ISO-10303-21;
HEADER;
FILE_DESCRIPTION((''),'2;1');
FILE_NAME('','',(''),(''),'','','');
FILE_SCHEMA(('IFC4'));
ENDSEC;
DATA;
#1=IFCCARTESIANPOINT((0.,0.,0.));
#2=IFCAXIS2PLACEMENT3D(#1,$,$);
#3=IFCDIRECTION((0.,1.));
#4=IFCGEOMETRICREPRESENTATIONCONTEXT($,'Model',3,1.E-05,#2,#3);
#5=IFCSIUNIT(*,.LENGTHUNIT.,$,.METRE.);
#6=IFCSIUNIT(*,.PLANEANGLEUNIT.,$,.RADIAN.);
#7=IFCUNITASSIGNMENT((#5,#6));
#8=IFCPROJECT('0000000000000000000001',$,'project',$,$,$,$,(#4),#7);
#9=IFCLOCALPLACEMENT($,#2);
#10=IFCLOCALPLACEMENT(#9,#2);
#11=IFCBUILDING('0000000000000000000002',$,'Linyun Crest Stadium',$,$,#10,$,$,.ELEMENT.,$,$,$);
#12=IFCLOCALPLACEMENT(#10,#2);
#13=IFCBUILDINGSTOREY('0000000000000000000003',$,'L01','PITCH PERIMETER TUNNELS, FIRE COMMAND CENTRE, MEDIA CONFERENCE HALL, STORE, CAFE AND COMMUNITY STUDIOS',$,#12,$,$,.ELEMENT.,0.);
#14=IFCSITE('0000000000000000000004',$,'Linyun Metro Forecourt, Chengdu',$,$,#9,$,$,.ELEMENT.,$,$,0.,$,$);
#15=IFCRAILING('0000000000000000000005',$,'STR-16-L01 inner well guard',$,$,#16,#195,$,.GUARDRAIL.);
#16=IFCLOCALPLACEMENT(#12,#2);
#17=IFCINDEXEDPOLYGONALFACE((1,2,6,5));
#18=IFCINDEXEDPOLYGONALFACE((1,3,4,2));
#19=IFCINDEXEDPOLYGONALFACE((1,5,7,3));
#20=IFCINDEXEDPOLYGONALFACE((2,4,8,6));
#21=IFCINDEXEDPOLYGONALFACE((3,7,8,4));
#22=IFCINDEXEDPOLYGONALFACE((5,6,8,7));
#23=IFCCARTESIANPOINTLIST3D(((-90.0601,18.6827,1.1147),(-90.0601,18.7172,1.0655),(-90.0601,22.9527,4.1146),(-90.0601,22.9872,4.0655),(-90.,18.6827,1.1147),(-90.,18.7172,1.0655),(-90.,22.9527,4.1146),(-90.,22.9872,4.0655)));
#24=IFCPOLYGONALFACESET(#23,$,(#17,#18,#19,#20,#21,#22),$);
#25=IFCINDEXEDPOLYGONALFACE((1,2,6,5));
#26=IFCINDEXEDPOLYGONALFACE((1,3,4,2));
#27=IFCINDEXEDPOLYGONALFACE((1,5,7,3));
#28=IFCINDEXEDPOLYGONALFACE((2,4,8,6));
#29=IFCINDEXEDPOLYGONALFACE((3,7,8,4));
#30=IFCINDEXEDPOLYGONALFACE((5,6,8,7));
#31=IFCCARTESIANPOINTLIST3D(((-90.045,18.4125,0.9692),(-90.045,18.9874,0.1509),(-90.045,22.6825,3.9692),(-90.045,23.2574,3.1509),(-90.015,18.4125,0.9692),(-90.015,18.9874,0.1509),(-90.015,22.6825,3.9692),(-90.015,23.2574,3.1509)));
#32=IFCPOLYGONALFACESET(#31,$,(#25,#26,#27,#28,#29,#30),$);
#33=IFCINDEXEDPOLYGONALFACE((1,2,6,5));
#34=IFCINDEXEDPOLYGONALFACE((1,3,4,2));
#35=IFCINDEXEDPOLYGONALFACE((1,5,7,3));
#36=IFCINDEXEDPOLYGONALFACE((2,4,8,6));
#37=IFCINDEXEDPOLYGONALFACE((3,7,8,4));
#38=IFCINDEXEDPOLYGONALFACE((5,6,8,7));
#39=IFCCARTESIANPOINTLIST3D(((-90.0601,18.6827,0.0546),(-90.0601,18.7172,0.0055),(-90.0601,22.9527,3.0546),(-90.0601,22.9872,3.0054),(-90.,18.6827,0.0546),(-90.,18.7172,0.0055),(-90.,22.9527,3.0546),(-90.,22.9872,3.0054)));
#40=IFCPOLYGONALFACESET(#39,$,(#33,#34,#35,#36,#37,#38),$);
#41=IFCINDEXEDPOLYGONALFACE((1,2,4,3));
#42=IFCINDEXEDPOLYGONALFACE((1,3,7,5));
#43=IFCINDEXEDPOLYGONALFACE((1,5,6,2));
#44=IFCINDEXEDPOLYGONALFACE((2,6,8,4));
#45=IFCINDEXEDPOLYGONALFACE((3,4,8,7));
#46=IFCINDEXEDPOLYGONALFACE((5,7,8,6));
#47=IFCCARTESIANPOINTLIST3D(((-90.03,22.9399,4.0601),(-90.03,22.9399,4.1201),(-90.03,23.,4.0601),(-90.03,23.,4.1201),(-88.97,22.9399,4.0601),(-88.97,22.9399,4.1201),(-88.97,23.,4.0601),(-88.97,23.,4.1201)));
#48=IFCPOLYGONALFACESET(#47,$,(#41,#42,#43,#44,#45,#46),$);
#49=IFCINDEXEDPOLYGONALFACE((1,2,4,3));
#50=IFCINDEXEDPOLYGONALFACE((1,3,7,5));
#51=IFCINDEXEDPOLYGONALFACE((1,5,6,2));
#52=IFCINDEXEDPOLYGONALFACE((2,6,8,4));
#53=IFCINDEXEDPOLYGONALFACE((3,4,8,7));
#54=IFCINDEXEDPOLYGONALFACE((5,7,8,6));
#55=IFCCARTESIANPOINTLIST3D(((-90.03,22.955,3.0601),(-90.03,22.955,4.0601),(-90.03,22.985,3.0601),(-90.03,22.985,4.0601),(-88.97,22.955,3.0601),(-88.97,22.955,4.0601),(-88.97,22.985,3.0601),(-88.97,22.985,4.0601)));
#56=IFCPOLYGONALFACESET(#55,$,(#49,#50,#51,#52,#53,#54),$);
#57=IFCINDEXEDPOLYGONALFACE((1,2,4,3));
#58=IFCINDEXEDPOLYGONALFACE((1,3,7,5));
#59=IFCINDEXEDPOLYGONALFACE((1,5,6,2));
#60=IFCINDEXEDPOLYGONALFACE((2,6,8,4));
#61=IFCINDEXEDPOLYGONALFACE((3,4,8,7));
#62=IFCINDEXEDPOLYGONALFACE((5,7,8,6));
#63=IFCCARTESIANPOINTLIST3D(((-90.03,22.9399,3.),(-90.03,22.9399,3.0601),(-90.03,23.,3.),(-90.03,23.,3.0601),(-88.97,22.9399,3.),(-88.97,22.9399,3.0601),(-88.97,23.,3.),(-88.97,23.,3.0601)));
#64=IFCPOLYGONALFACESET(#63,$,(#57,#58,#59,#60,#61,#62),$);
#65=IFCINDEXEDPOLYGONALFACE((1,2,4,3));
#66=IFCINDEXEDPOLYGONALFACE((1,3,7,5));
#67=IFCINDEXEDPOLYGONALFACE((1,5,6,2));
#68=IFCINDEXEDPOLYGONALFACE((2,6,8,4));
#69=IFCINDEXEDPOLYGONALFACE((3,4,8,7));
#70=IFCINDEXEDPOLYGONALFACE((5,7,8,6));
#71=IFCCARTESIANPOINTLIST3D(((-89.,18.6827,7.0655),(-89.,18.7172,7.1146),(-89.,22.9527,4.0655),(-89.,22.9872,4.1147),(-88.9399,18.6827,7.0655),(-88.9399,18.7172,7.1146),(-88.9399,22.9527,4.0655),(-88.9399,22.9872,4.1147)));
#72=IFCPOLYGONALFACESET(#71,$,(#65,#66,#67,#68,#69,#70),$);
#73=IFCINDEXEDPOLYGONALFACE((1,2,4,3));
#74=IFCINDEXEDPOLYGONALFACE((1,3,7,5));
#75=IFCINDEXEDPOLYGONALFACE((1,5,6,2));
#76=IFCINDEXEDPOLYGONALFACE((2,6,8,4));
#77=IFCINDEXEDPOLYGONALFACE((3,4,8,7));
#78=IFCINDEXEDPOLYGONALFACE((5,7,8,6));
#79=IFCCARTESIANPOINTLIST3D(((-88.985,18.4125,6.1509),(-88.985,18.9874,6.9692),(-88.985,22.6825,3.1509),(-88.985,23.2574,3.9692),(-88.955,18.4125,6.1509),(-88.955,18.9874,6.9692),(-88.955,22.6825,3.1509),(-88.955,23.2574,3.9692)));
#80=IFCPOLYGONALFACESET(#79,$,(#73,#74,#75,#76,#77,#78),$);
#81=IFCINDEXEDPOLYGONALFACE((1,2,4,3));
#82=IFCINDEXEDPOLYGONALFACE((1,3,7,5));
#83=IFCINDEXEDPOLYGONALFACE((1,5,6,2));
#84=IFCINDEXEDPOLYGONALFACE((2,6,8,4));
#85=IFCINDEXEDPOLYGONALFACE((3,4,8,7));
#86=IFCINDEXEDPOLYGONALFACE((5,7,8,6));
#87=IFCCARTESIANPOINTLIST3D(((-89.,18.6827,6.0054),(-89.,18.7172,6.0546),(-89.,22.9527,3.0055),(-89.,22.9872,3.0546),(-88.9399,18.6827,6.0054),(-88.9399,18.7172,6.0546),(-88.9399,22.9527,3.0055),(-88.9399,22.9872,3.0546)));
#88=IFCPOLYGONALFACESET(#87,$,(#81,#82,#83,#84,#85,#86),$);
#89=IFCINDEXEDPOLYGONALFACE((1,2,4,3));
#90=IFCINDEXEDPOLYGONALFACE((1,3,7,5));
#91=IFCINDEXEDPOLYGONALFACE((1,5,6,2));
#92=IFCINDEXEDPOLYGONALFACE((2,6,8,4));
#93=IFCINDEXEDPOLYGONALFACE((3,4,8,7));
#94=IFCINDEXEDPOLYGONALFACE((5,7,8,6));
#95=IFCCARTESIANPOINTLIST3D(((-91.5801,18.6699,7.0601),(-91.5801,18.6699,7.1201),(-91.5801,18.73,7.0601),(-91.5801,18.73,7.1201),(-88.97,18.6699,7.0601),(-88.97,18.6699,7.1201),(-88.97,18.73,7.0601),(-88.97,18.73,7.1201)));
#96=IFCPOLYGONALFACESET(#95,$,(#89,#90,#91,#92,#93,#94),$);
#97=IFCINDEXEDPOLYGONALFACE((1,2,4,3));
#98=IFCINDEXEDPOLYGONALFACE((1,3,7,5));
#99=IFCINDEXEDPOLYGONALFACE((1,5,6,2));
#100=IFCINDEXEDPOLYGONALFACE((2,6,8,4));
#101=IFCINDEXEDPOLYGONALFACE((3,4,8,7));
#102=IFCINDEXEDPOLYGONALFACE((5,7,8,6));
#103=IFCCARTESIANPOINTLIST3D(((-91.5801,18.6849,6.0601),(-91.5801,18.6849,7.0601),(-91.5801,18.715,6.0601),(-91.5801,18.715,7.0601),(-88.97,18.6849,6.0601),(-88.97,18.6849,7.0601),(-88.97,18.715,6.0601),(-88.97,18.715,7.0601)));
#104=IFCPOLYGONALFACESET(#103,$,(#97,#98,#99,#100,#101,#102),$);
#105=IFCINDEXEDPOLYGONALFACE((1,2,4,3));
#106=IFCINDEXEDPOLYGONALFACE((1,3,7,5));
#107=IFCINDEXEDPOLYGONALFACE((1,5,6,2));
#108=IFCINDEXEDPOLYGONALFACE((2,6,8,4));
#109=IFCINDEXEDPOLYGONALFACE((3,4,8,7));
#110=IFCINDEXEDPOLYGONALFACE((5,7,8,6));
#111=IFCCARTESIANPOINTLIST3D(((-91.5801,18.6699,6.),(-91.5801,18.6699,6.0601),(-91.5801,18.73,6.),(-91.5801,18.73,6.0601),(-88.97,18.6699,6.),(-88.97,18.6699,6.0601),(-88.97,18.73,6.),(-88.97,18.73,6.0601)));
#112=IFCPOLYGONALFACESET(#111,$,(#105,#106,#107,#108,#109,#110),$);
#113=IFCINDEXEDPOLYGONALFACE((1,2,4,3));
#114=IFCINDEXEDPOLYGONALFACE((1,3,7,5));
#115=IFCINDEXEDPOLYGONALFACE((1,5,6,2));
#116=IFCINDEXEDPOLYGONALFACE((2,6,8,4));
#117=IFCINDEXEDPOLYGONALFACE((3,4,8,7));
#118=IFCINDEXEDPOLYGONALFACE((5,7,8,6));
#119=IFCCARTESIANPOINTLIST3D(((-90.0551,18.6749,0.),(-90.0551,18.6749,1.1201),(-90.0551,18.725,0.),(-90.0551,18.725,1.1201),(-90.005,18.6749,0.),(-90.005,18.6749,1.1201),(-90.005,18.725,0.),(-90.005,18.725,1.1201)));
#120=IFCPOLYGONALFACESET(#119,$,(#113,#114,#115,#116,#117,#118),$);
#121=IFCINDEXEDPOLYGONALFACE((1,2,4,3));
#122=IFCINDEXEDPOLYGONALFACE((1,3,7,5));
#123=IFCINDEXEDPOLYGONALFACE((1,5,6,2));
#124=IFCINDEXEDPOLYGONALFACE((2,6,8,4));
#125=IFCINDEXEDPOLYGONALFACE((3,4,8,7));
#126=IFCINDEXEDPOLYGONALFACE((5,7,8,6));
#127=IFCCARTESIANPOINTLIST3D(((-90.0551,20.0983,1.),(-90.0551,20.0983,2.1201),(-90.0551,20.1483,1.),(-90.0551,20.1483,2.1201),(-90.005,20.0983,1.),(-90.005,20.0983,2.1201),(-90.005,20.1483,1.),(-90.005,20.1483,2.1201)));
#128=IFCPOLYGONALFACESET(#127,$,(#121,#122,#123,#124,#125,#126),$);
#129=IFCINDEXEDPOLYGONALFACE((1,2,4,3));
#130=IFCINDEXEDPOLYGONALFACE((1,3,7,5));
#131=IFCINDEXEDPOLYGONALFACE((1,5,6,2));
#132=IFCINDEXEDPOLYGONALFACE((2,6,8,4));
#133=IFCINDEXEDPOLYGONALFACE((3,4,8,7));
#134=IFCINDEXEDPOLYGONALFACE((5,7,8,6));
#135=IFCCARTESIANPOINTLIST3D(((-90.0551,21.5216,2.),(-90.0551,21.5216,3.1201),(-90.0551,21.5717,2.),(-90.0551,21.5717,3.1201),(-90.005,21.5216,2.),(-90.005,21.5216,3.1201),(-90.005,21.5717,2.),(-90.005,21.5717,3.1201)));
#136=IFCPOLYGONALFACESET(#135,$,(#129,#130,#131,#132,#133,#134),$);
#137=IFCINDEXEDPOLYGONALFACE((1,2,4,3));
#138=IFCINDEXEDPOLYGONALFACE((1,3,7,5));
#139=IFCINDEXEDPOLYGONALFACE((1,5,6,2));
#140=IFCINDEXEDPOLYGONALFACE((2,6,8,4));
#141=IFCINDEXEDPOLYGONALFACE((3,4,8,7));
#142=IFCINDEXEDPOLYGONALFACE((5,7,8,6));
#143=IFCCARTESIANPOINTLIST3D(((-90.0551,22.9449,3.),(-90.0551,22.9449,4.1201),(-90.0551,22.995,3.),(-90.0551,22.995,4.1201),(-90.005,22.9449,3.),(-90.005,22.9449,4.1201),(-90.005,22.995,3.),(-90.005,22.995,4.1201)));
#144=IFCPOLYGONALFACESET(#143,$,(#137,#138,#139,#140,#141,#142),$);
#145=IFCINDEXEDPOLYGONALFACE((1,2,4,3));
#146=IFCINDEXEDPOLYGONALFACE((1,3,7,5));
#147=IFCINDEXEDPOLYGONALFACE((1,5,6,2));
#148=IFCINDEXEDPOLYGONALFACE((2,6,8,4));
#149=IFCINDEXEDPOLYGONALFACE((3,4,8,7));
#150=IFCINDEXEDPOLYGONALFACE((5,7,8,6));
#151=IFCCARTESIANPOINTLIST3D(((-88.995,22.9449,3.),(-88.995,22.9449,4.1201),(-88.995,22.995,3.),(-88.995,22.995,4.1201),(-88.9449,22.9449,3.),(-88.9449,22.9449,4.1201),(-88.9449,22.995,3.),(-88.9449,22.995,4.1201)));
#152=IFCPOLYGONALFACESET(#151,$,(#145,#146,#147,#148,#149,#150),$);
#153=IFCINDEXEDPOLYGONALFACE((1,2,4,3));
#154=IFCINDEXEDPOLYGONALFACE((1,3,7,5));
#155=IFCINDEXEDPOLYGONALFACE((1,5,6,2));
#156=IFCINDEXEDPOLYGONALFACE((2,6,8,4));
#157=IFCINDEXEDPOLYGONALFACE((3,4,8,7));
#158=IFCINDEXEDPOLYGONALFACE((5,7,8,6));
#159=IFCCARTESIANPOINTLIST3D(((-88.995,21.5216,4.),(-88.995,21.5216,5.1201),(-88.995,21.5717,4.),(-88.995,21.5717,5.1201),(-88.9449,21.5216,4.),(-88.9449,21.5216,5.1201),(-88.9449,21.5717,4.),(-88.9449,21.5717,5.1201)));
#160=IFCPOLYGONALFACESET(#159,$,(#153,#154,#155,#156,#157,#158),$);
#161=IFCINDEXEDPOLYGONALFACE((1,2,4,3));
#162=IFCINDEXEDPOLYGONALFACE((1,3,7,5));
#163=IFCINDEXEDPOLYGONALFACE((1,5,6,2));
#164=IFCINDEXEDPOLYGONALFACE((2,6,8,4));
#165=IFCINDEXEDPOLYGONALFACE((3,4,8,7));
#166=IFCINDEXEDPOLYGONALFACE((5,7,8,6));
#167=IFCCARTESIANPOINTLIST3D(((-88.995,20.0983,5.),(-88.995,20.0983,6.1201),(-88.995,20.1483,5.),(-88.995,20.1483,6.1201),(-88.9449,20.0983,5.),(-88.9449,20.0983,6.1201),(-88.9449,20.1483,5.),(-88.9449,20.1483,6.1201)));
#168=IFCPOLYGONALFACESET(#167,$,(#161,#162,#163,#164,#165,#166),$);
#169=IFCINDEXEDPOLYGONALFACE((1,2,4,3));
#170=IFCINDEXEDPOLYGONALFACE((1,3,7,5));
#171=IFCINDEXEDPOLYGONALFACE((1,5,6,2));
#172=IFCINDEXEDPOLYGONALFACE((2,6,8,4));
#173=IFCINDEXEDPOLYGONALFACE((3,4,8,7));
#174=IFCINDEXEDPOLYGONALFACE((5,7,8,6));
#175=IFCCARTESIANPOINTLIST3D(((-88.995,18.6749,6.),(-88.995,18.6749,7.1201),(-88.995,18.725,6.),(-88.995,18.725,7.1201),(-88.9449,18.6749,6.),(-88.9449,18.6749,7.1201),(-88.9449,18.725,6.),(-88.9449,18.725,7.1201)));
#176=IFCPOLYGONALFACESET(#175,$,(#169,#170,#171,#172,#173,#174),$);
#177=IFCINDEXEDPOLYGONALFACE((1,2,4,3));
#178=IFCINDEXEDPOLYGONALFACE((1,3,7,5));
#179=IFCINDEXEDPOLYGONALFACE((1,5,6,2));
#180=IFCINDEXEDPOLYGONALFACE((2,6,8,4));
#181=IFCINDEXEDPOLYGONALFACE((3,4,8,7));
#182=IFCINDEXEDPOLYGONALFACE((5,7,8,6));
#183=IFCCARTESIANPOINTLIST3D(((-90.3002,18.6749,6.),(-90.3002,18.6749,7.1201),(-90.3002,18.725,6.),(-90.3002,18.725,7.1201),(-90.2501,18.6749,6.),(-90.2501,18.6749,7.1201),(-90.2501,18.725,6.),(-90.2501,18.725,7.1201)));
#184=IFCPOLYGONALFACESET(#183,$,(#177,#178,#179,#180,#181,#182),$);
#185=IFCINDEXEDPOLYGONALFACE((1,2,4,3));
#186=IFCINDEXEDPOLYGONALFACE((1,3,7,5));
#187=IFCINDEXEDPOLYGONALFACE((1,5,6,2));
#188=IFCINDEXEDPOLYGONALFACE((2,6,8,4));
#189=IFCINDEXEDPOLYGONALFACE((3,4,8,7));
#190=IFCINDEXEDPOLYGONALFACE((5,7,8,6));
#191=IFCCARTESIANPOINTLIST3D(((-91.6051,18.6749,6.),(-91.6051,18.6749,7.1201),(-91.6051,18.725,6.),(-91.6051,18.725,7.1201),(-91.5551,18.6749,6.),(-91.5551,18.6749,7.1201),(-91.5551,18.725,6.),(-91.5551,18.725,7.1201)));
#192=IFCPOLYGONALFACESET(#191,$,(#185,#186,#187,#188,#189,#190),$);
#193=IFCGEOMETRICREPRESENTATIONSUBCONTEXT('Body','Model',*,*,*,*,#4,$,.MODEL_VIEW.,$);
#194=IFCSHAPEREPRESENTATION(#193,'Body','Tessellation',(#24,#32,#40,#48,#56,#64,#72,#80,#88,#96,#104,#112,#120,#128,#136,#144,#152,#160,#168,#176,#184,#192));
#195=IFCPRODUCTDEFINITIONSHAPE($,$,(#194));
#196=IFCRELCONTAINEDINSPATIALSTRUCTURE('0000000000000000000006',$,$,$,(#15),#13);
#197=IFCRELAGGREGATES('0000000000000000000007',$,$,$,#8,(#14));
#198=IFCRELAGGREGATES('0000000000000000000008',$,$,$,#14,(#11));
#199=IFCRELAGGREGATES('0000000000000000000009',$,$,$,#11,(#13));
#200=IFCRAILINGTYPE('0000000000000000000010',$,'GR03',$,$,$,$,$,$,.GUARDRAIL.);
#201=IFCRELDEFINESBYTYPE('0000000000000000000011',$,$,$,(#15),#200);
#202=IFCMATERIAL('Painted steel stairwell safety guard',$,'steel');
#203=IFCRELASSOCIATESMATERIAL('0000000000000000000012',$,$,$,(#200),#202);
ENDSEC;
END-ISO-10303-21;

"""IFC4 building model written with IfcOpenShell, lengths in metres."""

from ifc_helpers import new_model, si_unit, direction, frame, origin, origin_2d, place, context, subcontext, project, spatial, rectangle, extrude, material, type_object, element, save


model = new_model("IFC4")

# Units and contexts
model_context = context("Model", 3, precision=1e-05, world=origin(), true_north=direction((0.0, 1.0)))
body_context = subcontext(model_context, "Body", "Model", "MODEL_VIEW")
ifc_project = project(units=[si_unit("LENGTHUNIT", "METRE"), si_unit("PLANEANGLEUNIT", "RADIAN")], contexts=[model_context])

# Site, building, storey
site_placement = place(None, origin())
site = spatial("IfcSite", under=ifc_project, at=site_placement, Name="Linyun Metro Forecourt, Chengdu", CompositionType="ELEMENT", RefElevation=0.0)
building_placement = place(site_placement, origin())
building = spatial("IfcBuilding", under=site, at=building_placement, Name="Linyun Crest Stadium", CompositionType="ELEMENT")
storey_placement = place(building_placement, origin())
storey = spatial("IfcBuildingStorey", under=building, at=storey_placement, Name="L01", Description="PITCH PERIMETER TUNNELS, FIRE COMMAND CENTRE, MEDIA CONFERENCE HALL, STORE, CAFE AND COMMUNITY STUDIOS", CompositionType="ELEMENT", Elevation=0.0)

# Railing
ifc_material_1 = material(Name="Painted steel stairwell safety guard", Category="steel")
railing_type_1 = type_object("IfcRailingType", Name="GR03", PredefinedType="GUARDRAIL", material=ifc_material_1)
railing_1_placement = place(storey_placement, frame((-90.03, 18.7, 0.0)))
element("IfcRailing", 1, at=railing_1_placement, inside=storey, type_object=railing_type_1, Name="STR-16-L01 inner well guard", PredefinedType="GUARDRAIL", context=body_context, shape_type="SweptSolid", body=[
    extrude(rectangle(XDim=0.0601, YDim=0.0601, at=origin_2d()), frame((0.0, 0.0, 1.0901), z_axis=(0.0, 0.818242, 0.574874), x_axis=(-1.0, 0.0, 0.0)), (0.0, 0.0, 1.0), 5.2185),
    extrude(rectangle(XDim=0.03, YDim=1.0, at=origin_2d()), frame((0.0, 0.0, 0.5601), z_axis=(0.0, 0.818242, 0.574874), x_axis=(-1.0, 0.0, 0.0)), (0.0, 0.0, 1.0), 5.2185),
    extrude(rectangle(XDim=0.0601, YDim=0.0601, at=origin_2d()), frame((0.0, 0.0, 0.03), z_axis=(0.0, 0.818242, 0.574874), x_axis=(-1.0, 0.0, 0.0)), (0.0, 0.0, 1.0), 5.2185),
    extrude(rectangle(XDim=0.0601, YDim=0.0601, at=origin_2d()), frame((0.0, 4.27, 4.0901), z_axis=(1.0, 0.0, 0.0), x_axis=(0.0, 1.0, 0.0)), (0.0, 0.0, 1.0), 1.0601),
    extrude(rectangle(XDim=0.03, YDim=1.0, at=origin_2d()), frame((0.0, 4.27, 3.5601), z_axis=(1.0, 0.0, 0.0), x_axis=(0.0, 1.0, 0.0)), (0.0, 0.0, 1.0), 1.0601),
    extrude(rectangle(XDim=0.0601, YDim=0.0601, at=origin_2d()), frame((0.0, 4.27, 3.03), z_axis=(1.0, 0.0, 0.0), x_axis=(0.0, 1.0, 0.0)), (0.0, 0.0, 1.0), 1.0601),
    extrude(rectangle(XDim=0.0601, YDim=0.0601, at=origin_2d()), frame((1.0601, 4.27, 4.0901), z_axis=(0.0, -0.818242, 0.574874), x_axis=(1.0, 0.0, 0.0)), (0.0, 0.0, 1.0), 5.2185),
    extrude(rectangle(XDim=0.03, YDim=1.0, at=origin_2d()), frame((1.0601, 4.27, 3.5601), z_axis=(0.0, -0.818242, 0.574874), x_axis=(1.0, 0.0, 0.0)), (0.0, 0.0, 1.0), 5.2185),
    extrude(rectangle(XDim=0.0601, YDim=0.0601, at=origin_2d()), frame((1.0601, 4.27, 3.03), z_axis=(0.0, -0.818242, 0.574874), x_axis=(1.0, 0.0, 0.0)), (0.0, 0.0, 1.0), 5.2185),
    extrude(rectangle(XDim=0.0601, YDim=0.0601, at=origin_2d()), frame((1.0601, 0.0, 7.0901), z_axis=(-1.0, 0.0, 0.0), x_axis=(0.0, -1.0, 0.0)), (0.0, 0.0, 1.0), 2.6101),
    extrude(rectangle(XDim=0.03, YDim=1.0, at=origin_2d()), frame((1.0601, 0.0, 6.5601), z_axis=(-1.0, 0.0, 0.0), x_axis=(0.0, -1.0, 0.0)), (0.0, 0.0, 1.0), 2.6101),
    extrude(rectangle(XDim=0.0601, YDim=0.0601, at=origin_2d()), frame((1.0601, 0.0, 6.03), z_axis=(-1.0, 0.0, 0.0), x_axis=(0.0, -1.0, 0.0)), (0.0, 0.0, 1.0), 2.6101),
    extrude(rectangle(XDim=0.05, YDim=0.05, at=origin_2d()), origin(), (0.0, 0.0, 1.0), 1.1201),
    extrude(rectangle(XDim=0.05, YDim=0.05, at=origin_2d()), frame((0.0, 1.4233, 1.0)), (0.0, 0.0, 1.0), 1.1201),
    extrude(rectangle(XDim=0.05, YDim=0.05, at=origin_2d()), frame((0.0, 2.8467, 2.0)), (0.0, 0.0, 1.0), 1.1201),
    extrude(rectangle(XDim=0.05, YDim=0.05, at=origin_2d()), frame((0.0, 4.27, 3.0)), (0.0, 0.0, 1.0), 1.1201),
    extrude(rectangle(XDim=0.05, YDim=0.05, at=origin_2d()), frame((1.0601, 4.27, 3.0)), (0.0, 0.0, 1.0), 1.1201),
    extrude(rectangle(XDim=0.05, YDim=0.05, at=origin_2d()), frame((1.0601, 2.8467, 4.0)), (0.0, 0.0, 1.0), 1.1201),
    extrude(rectangle(XDim=0.05, YDim=0.05, at=origin_2d()), frame((1.0601, 1.4233, 5.0)), (0.0, 0.0, 1.0), 1.1201),
    extrude(rectangle(XDim=0.05, YDim=0.05, at=origin_2d()), frame((1.0601, 0.0, 6.0)), (0.0, 0.0, 1.0), 1.1201),
    extrude(rectangle(XDim=0.05, YDim=0.05, at=origin_2d()), frame((-0.2451, 0.0, 6.0)), (0.0, 0.0, 1.0), 1.1201),
    extrude(rectangle(XDim=0.05, YDim=0.05, at=origin_2d()), frame((-1.55, 0.0, 6.0)), (0.0, 0.0, 1.0), 1.1201),
])

save(model, "model.ifc")
